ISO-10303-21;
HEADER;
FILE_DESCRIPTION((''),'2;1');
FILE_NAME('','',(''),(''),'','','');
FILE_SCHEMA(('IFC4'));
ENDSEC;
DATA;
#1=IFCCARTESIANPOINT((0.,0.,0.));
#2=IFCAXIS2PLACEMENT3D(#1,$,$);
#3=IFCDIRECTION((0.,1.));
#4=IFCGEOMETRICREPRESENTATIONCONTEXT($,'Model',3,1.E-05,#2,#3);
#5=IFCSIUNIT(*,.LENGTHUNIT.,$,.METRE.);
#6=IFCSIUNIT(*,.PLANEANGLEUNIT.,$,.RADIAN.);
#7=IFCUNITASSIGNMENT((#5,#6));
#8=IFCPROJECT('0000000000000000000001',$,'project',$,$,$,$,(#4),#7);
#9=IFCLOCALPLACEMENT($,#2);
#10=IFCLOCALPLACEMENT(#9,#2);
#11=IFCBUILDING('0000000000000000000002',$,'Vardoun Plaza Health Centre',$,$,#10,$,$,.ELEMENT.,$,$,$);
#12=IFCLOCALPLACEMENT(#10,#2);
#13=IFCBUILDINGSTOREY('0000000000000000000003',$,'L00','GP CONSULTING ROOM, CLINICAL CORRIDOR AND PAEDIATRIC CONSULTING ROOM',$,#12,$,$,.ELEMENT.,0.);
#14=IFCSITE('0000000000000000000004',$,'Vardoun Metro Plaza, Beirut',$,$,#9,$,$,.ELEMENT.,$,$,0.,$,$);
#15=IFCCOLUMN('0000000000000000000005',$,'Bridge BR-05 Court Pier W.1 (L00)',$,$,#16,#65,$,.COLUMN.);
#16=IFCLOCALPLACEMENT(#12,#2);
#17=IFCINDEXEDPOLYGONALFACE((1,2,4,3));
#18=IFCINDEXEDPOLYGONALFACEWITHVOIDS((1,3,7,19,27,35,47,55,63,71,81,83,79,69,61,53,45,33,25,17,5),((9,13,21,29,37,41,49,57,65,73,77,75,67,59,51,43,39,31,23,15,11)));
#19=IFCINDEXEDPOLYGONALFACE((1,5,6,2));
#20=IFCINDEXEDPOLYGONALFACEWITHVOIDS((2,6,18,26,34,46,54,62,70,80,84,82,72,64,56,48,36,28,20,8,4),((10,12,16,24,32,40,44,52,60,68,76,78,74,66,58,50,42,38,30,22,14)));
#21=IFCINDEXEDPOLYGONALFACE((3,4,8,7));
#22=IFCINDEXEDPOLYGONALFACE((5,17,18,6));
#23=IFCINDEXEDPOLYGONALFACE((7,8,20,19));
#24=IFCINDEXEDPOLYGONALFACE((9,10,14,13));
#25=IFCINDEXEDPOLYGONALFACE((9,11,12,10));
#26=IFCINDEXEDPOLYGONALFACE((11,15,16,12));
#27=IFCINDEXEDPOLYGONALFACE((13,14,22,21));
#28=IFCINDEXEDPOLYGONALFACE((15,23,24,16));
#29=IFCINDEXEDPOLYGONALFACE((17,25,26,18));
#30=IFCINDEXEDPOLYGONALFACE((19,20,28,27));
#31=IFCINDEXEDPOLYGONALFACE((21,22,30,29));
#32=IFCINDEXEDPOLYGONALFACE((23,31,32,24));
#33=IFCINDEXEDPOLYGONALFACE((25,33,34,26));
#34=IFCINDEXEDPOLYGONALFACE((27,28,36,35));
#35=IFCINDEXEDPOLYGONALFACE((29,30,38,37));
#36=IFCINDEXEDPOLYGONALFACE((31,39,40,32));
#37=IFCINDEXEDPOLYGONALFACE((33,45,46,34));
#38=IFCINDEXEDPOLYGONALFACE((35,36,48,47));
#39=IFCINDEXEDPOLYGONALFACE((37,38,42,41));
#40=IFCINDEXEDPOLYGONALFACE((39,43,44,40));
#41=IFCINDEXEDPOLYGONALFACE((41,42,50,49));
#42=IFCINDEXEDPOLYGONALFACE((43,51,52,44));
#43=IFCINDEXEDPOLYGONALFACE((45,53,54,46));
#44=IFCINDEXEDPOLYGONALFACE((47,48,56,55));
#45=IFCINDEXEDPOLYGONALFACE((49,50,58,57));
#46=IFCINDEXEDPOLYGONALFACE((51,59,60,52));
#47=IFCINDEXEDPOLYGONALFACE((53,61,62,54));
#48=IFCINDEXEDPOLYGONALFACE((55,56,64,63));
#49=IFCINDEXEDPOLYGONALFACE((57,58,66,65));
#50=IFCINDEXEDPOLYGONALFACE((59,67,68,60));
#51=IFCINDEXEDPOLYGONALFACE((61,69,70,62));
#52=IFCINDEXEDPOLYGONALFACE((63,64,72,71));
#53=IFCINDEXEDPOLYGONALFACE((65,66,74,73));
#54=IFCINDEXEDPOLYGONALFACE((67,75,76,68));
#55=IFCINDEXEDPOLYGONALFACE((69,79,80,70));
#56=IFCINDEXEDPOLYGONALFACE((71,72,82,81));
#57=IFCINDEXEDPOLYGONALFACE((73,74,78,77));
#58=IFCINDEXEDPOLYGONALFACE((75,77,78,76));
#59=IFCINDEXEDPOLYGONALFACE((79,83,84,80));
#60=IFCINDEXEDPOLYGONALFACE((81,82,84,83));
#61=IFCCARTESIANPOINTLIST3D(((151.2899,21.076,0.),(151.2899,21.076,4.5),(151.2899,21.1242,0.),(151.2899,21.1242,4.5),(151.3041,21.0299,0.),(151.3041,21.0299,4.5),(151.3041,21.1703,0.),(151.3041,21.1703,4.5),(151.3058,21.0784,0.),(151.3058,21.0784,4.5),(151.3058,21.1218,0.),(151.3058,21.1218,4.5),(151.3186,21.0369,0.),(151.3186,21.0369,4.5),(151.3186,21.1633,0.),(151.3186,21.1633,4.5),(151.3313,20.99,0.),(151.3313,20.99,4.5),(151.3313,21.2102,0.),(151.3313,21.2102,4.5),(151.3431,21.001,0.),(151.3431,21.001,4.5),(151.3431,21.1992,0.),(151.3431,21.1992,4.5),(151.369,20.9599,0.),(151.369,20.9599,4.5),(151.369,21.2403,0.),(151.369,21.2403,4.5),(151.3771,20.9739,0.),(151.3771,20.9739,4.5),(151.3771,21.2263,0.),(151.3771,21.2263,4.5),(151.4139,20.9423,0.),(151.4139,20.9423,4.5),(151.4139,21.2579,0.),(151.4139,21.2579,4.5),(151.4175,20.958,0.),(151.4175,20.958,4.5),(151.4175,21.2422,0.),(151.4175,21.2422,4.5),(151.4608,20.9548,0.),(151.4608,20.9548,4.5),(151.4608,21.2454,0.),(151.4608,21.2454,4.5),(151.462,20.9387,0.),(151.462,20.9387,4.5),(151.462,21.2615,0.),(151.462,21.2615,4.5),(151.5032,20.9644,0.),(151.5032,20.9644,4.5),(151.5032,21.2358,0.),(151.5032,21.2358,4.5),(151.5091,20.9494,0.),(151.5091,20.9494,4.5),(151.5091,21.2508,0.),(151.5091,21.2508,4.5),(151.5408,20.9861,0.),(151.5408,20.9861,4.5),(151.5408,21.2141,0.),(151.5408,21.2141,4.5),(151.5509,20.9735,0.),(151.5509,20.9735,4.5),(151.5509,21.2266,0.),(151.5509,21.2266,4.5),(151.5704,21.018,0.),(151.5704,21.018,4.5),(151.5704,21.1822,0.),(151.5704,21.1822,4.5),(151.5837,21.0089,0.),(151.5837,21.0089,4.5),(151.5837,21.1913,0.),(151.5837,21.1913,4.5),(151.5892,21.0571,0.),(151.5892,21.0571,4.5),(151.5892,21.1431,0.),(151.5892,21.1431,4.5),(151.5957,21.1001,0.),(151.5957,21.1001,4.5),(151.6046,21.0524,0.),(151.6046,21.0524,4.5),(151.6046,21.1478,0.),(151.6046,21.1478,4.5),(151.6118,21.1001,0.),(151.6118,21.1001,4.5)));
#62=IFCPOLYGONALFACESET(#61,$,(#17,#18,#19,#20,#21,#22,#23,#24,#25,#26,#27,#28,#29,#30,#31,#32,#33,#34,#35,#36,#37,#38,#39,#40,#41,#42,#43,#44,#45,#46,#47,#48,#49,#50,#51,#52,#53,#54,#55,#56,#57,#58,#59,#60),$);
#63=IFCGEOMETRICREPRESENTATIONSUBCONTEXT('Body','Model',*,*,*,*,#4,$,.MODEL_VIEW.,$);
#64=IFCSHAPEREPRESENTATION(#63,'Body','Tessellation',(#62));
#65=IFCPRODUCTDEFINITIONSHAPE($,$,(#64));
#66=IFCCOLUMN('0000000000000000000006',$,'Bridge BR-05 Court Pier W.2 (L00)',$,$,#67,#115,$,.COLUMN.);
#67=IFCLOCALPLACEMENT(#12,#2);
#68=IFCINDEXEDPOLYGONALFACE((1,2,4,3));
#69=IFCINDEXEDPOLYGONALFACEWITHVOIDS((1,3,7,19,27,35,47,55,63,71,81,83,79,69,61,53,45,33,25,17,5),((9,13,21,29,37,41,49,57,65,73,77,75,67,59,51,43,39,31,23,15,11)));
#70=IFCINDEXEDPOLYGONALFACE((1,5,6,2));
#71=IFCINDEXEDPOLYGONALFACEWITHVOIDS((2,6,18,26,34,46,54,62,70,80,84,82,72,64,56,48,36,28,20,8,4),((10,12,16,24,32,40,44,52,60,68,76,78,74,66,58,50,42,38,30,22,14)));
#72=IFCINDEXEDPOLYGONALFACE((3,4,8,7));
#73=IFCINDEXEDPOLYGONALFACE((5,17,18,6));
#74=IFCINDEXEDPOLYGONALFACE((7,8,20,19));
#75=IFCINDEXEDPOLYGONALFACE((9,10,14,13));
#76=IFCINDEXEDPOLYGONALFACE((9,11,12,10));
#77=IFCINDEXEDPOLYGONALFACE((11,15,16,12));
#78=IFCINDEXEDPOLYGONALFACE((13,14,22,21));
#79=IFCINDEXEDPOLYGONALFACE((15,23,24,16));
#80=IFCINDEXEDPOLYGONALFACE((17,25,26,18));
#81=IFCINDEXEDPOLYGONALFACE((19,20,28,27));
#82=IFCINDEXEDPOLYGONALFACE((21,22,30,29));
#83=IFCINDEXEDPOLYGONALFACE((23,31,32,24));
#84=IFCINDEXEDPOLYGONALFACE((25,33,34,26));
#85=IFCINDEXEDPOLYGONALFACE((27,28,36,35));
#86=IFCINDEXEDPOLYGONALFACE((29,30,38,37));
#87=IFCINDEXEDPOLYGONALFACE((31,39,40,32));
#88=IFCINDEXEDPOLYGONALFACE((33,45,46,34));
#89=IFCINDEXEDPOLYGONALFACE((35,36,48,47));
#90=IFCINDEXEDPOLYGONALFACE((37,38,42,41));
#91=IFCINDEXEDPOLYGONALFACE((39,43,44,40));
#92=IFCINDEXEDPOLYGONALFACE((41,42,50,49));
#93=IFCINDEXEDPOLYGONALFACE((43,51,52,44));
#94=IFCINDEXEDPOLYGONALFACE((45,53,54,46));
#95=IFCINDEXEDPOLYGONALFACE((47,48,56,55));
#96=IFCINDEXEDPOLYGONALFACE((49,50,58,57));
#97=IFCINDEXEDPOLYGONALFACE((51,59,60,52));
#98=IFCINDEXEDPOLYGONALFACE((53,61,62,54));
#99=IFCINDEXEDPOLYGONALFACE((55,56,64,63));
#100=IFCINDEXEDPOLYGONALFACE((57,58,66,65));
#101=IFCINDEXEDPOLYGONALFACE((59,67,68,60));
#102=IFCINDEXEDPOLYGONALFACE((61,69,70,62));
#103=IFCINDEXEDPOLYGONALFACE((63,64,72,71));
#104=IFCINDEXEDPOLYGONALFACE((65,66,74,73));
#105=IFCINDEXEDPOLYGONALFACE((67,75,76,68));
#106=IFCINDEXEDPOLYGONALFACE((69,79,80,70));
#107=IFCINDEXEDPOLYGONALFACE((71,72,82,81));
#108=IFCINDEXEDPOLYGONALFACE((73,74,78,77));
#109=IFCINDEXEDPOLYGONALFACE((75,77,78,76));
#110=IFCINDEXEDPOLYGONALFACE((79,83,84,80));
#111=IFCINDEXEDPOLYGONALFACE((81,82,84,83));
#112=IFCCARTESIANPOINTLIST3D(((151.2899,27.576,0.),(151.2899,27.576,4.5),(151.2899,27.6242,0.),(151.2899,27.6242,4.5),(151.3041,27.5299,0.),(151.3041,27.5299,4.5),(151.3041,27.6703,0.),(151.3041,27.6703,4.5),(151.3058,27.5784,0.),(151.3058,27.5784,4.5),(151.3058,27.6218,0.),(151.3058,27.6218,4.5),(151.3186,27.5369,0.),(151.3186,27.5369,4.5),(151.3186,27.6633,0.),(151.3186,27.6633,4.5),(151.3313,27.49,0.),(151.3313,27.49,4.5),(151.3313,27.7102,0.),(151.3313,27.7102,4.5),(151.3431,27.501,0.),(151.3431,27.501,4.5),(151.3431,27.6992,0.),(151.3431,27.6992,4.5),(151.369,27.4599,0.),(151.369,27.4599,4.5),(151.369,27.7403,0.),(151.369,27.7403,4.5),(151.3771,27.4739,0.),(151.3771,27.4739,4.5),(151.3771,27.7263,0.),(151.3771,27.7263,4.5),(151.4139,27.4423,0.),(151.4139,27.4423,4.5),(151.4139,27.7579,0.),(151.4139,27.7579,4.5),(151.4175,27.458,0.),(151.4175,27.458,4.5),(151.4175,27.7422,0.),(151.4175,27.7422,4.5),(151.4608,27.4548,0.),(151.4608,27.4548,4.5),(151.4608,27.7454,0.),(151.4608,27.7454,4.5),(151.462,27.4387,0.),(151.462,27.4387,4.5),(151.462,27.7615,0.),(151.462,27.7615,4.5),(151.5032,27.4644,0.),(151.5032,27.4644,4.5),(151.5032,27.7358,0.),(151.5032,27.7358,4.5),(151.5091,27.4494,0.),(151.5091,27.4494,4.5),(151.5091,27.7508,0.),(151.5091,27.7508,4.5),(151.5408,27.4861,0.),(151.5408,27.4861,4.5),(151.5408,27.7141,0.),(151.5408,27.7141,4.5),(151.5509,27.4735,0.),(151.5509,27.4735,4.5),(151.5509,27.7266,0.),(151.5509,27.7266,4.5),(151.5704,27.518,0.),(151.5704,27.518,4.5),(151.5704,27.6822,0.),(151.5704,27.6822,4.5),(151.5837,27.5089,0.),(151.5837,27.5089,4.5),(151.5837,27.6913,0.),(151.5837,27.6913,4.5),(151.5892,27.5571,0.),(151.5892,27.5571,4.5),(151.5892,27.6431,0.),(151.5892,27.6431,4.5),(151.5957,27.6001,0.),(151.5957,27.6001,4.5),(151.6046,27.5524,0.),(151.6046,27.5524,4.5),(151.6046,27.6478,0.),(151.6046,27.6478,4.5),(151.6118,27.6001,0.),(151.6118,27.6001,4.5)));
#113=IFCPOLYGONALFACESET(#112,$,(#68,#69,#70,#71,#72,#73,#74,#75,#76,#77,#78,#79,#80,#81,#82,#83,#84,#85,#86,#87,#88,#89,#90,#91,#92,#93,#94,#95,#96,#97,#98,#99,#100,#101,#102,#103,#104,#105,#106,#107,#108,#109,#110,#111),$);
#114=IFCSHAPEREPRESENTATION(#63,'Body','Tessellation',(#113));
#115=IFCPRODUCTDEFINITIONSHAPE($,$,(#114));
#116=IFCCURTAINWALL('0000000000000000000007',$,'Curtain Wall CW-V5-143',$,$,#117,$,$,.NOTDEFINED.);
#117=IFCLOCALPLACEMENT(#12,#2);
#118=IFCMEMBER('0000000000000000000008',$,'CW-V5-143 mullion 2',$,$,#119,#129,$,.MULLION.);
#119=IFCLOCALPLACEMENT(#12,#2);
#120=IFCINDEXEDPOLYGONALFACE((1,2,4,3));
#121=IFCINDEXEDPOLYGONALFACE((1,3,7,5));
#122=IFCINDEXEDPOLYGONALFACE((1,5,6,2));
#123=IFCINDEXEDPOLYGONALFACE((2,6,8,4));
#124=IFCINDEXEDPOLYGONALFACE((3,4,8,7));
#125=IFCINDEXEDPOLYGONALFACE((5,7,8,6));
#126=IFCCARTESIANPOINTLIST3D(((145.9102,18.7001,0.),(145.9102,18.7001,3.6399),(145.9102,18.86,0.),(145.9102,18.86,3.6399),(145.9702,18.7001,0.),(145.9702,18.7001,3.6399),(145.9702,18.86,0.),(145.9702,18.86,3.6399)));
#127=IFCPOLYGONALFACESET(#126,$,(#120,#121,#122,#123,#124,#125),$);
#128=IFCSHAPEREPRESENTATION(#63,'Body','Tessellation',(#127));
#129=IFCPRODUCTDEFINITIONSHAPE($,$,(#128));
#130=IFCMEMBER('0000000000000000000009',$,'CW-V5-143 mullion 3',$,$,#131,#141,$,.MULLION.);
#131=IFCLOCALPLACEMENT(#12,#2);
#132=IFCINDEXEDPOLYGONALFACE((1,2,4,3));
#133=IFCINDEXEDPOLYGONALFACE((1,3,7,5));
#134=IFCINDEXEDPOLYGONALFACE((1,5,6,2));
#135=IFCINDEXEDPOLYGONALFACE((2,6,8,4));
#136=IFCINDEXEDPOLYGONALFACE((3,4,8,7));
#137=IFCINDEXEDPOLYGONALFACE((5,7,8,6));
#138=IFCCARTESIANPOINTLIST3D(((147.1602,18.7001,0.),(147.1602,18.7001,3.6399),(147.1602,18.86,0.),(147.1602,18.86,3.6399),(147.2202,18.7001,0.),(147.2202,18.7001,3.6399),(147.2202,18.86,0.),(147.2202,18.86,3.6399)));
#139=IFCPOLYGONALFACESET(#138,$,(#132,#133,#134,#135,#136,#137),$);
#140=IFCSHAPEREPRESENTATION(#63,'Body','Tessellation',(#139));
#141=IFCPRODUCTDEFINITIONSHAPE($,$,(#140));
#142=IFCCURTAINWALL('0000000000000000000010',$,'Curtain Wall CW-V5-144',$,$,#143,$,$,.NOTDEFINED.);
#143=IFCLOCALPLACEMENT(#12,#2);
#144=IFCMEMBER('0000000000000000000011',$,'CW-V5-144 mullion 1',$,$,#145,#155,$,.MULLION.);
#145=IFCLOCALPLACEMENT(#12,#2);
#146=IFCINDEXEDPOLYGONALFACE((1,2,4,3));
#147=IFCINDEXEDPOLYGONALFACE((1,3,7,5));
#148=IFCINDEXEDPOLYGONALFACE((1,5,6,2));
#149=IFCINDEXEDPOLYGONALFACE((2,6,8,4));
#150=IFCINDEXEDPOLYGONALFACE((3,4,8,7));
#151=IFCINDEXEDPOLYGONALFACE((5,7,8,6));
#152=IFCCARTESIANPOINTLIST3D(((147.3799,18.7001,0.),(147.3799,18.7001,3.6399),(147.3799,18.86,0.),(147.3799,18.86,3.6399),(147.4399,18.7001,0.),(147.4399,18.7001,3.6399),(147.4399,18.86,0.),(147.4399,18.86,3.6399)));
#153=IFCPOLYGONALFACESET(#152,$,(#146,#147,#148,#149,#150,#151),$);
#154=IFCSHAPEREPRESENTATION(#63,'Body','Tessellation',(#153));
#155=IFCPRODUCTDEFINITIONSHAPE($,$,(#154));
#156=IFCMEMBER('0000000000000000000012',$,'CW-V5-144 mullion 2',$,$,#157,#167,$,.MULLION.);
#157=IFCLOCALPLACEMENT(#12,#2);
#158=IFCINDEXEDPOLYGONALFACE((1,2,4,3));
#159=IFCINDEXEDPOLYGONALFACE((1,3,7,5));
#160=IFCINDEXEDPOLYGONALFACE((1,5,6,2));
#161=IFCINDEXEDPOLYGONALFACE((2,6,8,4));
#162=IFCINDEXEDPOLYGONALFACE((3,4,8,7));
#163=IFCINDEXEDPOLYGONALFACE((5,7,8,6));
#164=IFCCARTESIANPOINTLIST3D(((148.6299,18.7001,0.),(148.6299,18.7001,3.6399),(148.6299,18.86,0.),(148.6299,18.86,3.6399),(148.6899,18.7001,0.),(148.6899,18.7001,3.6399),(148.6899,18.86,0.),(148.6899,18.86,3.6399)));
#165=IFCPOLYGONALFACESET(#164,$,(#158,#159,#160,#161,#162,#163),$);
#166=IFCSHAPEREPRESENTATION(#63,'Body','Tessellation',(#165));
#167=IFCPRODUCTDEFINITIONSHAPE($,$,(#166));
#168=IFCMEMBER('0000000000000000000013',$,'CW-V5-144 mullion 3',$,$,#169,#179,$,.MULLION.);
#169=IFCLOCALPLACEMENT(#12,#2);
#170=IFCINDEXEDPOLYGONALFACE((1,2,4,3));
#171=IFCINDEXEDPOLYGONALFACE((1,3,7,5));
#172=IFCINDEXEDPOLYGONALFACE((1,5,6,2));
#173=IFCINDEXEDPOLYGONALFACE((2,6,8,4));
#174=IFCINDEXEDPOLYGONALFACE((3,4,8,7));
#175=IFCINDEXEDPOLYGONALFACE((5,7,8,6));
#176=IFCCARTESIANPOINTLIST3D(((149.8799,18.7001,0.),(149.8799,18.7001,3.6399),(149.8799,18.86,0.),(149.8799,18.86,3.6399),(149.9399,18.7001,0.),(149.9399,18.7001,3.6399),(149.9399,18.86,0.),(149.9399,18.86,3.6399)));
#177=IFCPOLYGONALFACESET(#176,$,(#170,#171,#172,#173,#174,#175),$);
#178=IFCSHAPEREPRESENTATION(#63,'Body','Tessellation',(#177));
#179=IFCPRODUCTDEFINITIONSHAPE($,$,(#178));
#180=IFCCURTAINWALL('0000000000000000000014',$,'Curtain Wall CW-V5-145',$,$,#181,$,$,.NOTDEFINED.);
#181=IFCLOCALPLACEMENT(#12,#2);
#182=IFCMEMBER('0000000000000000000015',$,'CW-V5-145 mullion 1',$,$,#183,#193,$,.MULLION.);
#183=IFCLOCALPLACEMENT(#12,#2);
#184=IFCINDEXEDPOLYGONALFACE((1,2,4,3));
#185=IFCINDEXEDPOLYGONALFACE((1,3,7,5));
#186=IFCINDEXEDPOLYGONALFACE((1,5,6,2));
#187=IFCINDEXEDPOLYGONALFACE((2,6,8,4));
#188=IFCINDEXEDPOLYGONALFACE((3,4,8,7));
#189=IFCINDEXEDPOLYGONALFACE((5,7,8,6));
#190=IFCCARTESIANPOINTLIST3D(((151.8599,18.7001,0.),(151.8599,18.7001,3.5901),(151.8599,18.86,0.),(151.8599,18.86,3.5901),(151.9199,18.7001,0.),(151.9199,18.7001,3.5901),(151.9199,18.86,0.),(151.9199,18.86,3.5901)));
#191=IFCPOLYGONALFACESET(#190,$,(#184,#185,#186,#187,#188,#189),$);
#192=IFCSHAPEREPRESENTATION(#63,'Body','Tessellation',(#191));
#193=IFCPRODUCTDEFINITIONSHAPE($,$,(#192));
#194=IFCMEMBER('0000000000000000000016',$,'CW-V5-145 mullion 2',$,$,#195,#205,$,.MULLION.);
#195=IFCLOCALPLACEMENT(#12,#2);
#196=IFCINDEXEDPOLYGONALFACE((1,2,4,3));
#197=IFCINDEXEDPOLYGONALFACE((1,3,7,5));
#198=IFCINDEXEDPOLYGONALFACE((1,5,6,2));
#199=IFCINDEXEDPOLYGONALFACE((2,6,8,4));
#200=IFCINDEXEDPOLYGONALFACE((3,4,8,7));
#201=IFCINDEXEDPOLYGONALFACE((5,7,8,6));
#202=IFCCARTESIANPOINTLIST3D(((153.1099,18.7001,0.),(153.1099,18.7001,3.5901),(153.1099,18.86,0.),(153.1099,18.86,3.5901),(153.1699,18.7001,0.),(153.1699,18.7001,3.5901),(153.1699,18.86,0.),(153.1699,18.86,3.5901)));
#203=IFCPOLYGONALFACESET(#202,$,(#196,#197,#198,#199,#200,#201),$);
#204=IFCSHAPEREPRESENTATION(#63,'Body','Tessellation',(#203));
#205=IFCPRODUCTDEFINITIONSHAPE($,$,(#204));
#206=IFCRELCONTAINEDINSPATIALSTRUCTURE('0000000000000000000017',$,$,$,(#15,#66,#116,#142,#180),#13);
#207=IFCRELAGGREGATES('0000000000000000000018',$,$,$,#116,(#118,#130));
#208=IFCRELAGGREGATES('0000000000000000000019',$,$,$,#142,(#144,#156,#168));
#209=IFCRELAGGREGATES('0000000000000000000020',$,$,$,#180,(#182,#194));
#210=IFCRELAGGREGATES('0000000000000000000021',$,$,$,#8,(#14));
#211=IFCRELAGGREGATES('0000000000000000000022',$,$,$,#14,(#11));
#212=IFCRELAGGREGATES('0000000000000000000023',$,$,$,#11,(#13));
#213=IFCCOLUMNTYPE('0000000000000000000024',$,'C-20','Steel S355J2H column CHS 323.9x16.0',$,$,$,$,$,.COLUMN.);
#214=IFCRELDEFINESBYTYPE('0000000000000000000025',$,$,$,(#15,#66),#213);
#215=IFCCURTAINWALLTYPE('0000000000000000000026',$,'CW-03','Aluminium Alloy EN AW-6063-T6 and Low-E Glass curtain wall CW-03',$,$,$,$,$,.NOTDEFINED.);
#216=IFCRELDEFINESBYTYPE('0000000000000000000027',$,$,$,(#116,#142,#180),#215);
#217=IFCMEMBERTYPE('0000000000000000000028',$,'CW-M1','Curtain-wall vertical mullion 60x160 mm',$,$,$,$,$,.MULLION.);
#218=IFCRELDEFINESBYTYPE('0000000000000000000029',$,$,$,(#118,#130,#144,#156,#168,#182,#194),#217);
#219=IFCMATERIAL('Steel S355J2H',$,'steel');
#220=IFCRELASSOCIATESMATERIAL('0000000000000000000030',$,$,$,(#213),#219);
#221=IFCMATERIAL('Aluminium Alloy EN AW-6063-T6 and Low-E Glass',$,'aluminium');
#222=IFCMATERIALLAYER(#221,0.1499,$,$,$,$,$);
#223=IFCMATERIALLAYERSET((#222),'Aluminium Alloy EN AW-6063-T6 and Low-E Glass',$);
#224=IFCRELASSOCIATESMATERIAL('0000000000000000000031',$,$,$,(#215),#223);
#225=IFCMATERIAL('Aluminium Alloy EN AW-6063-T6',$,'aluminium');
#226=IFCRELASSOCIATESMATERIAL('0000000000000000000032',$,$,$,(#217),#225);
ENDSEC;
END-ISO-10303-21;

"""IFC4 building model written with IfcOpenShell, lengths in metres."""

from ifc_helpers import new_model, si_unit, direction, frame, origin, origin_2d, place, context, subcontext, project, spatial, rectangle, hollow_circle, extrude, material, layer, layer_set, material_profile, profile_set, type_object, element, aggregate, save


model = new_model("IFC4")

# Units and contexts
model_context = context("Model", 3, precision=1e-05, world=origin(), true_north=direction((0.0, 1.0)))
body_context = subcontext(model_context, "Body", "Model", "MODEL_VIEW")
ifc_project = project(units=[si_unit("LENGTHUNIT", "METRE"), si_unit("PLANEANGLEUNIT", "RADIAN")], contexts=[model_context])

# Site, building, storey
site_placement = place(None, origin())
site = spatial("IfcSite", under=ifc_project, at=site_placement, Name="Vardoun Metro Plaza, Beirut", CompositionType="ELEMENT", RefElevation=0.0)
building_placement = place(site_placement, origin())
building = spatial("IfcBuilding", under=site, at=building_placement, Name="Vardoun Plaza Health Centre", CompositionType="ELEMENT")
storey_placement = place(building_placement, origin())
storey = spatial("IfcBuildingStorey", under=building, at=storey_placement, Name="L00", Description="GP CONSULTING ROOM, CLINICAL CORRIDOR AND PAEDIATRIC CONSULTING ROOM", CompositionType="ELEMENT", Elevation=0.0)

# Columns
ifc_material_1 = material(Name="Steel S355J2H", Category="steel")
ifc_material_profile_1 = material_profile(ifc_material_1, hollow_circle(Radius=0.1619, WallThickness=0.0161, at=origin_2d()), Name="CHS 323.9x16.0")
ifc_profile_set_1 = profile_set([ifc_material_profile_1], Name="Steel S355J2H")
column_type = type_object("IfcColumnType", Name="C-20", Description="Steel S355J2H column CHS 323.9x16.0", PredefinedType="COLUMN", material=ifc_profile_set_1)
for number, where, z_axis, x_axis, name in (
    (1, (151.45, 21.1001, 0.0), (0.0, 0.0, 1.0), (1.0, 0.0, 0.0), "Bridge BR-05 Court Pier W.1 (L00)"),
    (2, (151.45, 27.6001, 0.0), (0.0, 0.0, 1.0), (1.0, 0.0, 0.0), "Bridge BR-05 Court Pier W.2 (L00)"),
):
    element("IfcColumn", number, at=place(storey_placement, frame(where, z_axis=z_axis, x_axis=x_axis)), inside=storey, type_object=column_type, Name=name, PredefinedType="COLUMN", context=body_context, shape_type="SweptSolid", body=[
        extrude(hollow_circle(Radius=0.1619, WallThickness=0.0161, at=origin_2d()), origin(), (0.0, 0.0, 1.0), 4.5),
    ])

# Curtain walls, members
ifc_material_2 = material(Name="Aluminium Alloy EN AW-6063-T6 and Low-E Glass", Category="aluminium")
ifc_layer_1 = layer(ifc_material_2, 0.1499)
ifc_layer_set_1 = layer_set([ifc_layer_1], Name="Aluminium Alloy EN AW-6063-T6 and Low-E Glass")
curtain_wall_type = type_object("IfcCurtainWallType", Name="CW-03", Description="Aluminium Alloy EN AW-6063-T6 and Low-E Glass curtain wall CW-03", PredefinedType="NOTDEFINED", material=ifc_layer_set_1)
curtain_wall_1_placement = place(storey_placement, origin())
curtain_wall_1 = element("IfcCurtainWall", 3, at=curtain_wall_1_placement, inside=storey, type_object=curtain_wall_type, Name="Curtain Wall CW-V5-143", PredefinedType="NOTDEFINED")
ifc_material_3 = material(Name="Aluminium Alloy EN AW-6063-T6", Category="aluminium")
ifc_material_profile_2 = material_profile(ifc_material_3, rectangle(XDim=0.1599, YDim=0.0601, at=origin_2d()), Name="CWM 60x160")
ifc_profile_set_2 = profile_set([ifc_material_profile_2], Name="Aluminium Alloy EN AW-6063-T6")
member_type_1 = type_object("IfcMemberType", Name="CW-M1", Description="Curtain-wall vertical mullion 60x160 mm", PredefinedType="MULLION", material=ifc_profile_set_2)
member_1_placement = place(storey_placement, frame((145.9402, 18.78, 0.0), z_axis=(0.0, 0.0, 1.0), x_axis=(0.0, 1.0, 0.0)))
member_1 = element("IfcMember", 4, at=member_1_placement, type_object=member_type_1, Name="CW-V5-143 mullion 2", PredefinedType="MULLION", context=body_context, shape_type="SweptSolid", body=[
    extrude(rectangle(XDim=0.1599, YDim=0.0601, at=origin_2d()), origin(), (0.0, 0.0, 1.0), 3.6399),
])
member_2_placement = place(storey_placement, frame((147.1902, 18.78, 0.0), z_axis=(0.0, 0.0, 1.0), x_axis=(0.0, 1.0, 0.0)))
member_2 = element("IfcMember", 5, at=member_2_placement, type_object=member_type_1, Name="CW-V5-143 mullion 3", PredefinedType="MULLION", context=body_context, shape_type="SweptSolid", body=[
    extrude(rectangle(XDim=0.1599, YDim=0.0601, at=origin_2d()), origin(), (0.0, 0.0, 1.0), 3.6399),
])
curtain_wall_2_placement = place(storey_placement, origin())
curtain_wall_2 = element("IfcCurtainWall", 6, at=curtain_wall_2_placement, inside=storey, type_object=curtain_wall_type, Name="Curtain Wall CW-V5-144", PredefinedType="NOTDEFINED")
member_3_placement = place(storey_placement, frame((147.4099, 18.78, 0.0), z_axis=(0.0, 0.0, 1.0), x_axis=(0.0, 1.0, 0.0)))
member_3 = element("IfcMember", 7, at=member_3_placement, type_object=member_type_1, Name="CW-V5-144 mullion 1", PredefinedType="MULLION", context=body_context, shape_type="SweptSolid", body=[
    extrude(rectangle(XDim=0.1599, YDim=0.0601, at=origin_2d()), origin(), (0.0, 0.0, 1.0), 3.6399),
])
member_4_placement = place(storey_placement, frame((148.6599, 18.78, 0.0), z_axis=(0.0, 0.0, 1.0), x_axis=(0.0, 1.0, 0.0)))
member_4 = element("IfcMember", 8, at=member_4_placement, type_object=member_type_1, Name="CW-V5-144 mullion 2", PredefinedType="MULLION", context=body_context, shape_type="SweptSolid", body=[
    extrude(rectangle(XDim=0.1599, YDim=0.0601, at=origin_2d()), origin(), (0.0, 0.0, 1.0), 3.6399),
])
member_5_placement = place(storey_placement, frame((149.9099, 18.78, 0.0), z_axis=(0.0, 0.0, 1.0), x_axis=(0.0, 1.0, 0.0)))
member_5 = element("IfcMember", 9, at=member_5_placement, type_object=member_type_1, Name="CW-V5-144 mullion 3", PredefinedType="MULLION", context=body_context, shape_type="SweptSolid", body=[
    extrude(rectangle(XDim=0.1599, YDim=0.0601, at=origin_2d()), origin(), (0.0, 0.0, 1.0), 3.6399),
])
curtain_wall_3_placement = place(storey_placement, origin())
curtain_wall_3 = element("IfcCurtainWall", 10, at=curtain_wall_3_placement, inside=storey, type_object=curtain_wall_type, Name="Curtain Wall CW-V5-145", PredefinedType="NOTDEFINED")
member_6_placement = place(storey_placement, frame((151.8899, 18.78, 0.0), z_axis=(0.0, 0.0, 1.0), x_axis=(0.0, 1.0, 0.0)))
member_6 = element("IfcMember", 11, at=member_6_placement, type_object=member_type_1, Name="CW-V5-145 mullion 1", PredefinedType="MULLION", context=body_context, shape_type="SweptSolid", body=[
    extrude(rectangle(XDim=0.1599, YDim=0.0601, at=origin_2d()), origin(), (0.0, 0.0, 1.0), 3.5901),
])
member_7_placement = place(storey_placement, frame((153.1399, 18.78, 0.0), z_axis=(0.0, 0.0, 1.0), x_axis=(0.0, 1.0, 0.0)))
member_7 = element("IfcMember", 12, at=member_7_placement, type_object=member_type_1, Name="CW-V5-145 mullion 2", PredefinedType="MULLION", context=body_context, shape_type="SweptSolid", body=[
    extrude(rectangle(XDim=0.1599, YDim=0.0601, at=origin_2d()), origin(), (0.0, 0.0, 1.0), 3.5901),
])

aggregate(curtain_wall_1, [member_1, member_2])
aggregate(curtain_wall_2, [member_3, member_4, member_5])
aggregate(curtain_wall_3, [member_6, member_7])

save(model, "model.ifc")
